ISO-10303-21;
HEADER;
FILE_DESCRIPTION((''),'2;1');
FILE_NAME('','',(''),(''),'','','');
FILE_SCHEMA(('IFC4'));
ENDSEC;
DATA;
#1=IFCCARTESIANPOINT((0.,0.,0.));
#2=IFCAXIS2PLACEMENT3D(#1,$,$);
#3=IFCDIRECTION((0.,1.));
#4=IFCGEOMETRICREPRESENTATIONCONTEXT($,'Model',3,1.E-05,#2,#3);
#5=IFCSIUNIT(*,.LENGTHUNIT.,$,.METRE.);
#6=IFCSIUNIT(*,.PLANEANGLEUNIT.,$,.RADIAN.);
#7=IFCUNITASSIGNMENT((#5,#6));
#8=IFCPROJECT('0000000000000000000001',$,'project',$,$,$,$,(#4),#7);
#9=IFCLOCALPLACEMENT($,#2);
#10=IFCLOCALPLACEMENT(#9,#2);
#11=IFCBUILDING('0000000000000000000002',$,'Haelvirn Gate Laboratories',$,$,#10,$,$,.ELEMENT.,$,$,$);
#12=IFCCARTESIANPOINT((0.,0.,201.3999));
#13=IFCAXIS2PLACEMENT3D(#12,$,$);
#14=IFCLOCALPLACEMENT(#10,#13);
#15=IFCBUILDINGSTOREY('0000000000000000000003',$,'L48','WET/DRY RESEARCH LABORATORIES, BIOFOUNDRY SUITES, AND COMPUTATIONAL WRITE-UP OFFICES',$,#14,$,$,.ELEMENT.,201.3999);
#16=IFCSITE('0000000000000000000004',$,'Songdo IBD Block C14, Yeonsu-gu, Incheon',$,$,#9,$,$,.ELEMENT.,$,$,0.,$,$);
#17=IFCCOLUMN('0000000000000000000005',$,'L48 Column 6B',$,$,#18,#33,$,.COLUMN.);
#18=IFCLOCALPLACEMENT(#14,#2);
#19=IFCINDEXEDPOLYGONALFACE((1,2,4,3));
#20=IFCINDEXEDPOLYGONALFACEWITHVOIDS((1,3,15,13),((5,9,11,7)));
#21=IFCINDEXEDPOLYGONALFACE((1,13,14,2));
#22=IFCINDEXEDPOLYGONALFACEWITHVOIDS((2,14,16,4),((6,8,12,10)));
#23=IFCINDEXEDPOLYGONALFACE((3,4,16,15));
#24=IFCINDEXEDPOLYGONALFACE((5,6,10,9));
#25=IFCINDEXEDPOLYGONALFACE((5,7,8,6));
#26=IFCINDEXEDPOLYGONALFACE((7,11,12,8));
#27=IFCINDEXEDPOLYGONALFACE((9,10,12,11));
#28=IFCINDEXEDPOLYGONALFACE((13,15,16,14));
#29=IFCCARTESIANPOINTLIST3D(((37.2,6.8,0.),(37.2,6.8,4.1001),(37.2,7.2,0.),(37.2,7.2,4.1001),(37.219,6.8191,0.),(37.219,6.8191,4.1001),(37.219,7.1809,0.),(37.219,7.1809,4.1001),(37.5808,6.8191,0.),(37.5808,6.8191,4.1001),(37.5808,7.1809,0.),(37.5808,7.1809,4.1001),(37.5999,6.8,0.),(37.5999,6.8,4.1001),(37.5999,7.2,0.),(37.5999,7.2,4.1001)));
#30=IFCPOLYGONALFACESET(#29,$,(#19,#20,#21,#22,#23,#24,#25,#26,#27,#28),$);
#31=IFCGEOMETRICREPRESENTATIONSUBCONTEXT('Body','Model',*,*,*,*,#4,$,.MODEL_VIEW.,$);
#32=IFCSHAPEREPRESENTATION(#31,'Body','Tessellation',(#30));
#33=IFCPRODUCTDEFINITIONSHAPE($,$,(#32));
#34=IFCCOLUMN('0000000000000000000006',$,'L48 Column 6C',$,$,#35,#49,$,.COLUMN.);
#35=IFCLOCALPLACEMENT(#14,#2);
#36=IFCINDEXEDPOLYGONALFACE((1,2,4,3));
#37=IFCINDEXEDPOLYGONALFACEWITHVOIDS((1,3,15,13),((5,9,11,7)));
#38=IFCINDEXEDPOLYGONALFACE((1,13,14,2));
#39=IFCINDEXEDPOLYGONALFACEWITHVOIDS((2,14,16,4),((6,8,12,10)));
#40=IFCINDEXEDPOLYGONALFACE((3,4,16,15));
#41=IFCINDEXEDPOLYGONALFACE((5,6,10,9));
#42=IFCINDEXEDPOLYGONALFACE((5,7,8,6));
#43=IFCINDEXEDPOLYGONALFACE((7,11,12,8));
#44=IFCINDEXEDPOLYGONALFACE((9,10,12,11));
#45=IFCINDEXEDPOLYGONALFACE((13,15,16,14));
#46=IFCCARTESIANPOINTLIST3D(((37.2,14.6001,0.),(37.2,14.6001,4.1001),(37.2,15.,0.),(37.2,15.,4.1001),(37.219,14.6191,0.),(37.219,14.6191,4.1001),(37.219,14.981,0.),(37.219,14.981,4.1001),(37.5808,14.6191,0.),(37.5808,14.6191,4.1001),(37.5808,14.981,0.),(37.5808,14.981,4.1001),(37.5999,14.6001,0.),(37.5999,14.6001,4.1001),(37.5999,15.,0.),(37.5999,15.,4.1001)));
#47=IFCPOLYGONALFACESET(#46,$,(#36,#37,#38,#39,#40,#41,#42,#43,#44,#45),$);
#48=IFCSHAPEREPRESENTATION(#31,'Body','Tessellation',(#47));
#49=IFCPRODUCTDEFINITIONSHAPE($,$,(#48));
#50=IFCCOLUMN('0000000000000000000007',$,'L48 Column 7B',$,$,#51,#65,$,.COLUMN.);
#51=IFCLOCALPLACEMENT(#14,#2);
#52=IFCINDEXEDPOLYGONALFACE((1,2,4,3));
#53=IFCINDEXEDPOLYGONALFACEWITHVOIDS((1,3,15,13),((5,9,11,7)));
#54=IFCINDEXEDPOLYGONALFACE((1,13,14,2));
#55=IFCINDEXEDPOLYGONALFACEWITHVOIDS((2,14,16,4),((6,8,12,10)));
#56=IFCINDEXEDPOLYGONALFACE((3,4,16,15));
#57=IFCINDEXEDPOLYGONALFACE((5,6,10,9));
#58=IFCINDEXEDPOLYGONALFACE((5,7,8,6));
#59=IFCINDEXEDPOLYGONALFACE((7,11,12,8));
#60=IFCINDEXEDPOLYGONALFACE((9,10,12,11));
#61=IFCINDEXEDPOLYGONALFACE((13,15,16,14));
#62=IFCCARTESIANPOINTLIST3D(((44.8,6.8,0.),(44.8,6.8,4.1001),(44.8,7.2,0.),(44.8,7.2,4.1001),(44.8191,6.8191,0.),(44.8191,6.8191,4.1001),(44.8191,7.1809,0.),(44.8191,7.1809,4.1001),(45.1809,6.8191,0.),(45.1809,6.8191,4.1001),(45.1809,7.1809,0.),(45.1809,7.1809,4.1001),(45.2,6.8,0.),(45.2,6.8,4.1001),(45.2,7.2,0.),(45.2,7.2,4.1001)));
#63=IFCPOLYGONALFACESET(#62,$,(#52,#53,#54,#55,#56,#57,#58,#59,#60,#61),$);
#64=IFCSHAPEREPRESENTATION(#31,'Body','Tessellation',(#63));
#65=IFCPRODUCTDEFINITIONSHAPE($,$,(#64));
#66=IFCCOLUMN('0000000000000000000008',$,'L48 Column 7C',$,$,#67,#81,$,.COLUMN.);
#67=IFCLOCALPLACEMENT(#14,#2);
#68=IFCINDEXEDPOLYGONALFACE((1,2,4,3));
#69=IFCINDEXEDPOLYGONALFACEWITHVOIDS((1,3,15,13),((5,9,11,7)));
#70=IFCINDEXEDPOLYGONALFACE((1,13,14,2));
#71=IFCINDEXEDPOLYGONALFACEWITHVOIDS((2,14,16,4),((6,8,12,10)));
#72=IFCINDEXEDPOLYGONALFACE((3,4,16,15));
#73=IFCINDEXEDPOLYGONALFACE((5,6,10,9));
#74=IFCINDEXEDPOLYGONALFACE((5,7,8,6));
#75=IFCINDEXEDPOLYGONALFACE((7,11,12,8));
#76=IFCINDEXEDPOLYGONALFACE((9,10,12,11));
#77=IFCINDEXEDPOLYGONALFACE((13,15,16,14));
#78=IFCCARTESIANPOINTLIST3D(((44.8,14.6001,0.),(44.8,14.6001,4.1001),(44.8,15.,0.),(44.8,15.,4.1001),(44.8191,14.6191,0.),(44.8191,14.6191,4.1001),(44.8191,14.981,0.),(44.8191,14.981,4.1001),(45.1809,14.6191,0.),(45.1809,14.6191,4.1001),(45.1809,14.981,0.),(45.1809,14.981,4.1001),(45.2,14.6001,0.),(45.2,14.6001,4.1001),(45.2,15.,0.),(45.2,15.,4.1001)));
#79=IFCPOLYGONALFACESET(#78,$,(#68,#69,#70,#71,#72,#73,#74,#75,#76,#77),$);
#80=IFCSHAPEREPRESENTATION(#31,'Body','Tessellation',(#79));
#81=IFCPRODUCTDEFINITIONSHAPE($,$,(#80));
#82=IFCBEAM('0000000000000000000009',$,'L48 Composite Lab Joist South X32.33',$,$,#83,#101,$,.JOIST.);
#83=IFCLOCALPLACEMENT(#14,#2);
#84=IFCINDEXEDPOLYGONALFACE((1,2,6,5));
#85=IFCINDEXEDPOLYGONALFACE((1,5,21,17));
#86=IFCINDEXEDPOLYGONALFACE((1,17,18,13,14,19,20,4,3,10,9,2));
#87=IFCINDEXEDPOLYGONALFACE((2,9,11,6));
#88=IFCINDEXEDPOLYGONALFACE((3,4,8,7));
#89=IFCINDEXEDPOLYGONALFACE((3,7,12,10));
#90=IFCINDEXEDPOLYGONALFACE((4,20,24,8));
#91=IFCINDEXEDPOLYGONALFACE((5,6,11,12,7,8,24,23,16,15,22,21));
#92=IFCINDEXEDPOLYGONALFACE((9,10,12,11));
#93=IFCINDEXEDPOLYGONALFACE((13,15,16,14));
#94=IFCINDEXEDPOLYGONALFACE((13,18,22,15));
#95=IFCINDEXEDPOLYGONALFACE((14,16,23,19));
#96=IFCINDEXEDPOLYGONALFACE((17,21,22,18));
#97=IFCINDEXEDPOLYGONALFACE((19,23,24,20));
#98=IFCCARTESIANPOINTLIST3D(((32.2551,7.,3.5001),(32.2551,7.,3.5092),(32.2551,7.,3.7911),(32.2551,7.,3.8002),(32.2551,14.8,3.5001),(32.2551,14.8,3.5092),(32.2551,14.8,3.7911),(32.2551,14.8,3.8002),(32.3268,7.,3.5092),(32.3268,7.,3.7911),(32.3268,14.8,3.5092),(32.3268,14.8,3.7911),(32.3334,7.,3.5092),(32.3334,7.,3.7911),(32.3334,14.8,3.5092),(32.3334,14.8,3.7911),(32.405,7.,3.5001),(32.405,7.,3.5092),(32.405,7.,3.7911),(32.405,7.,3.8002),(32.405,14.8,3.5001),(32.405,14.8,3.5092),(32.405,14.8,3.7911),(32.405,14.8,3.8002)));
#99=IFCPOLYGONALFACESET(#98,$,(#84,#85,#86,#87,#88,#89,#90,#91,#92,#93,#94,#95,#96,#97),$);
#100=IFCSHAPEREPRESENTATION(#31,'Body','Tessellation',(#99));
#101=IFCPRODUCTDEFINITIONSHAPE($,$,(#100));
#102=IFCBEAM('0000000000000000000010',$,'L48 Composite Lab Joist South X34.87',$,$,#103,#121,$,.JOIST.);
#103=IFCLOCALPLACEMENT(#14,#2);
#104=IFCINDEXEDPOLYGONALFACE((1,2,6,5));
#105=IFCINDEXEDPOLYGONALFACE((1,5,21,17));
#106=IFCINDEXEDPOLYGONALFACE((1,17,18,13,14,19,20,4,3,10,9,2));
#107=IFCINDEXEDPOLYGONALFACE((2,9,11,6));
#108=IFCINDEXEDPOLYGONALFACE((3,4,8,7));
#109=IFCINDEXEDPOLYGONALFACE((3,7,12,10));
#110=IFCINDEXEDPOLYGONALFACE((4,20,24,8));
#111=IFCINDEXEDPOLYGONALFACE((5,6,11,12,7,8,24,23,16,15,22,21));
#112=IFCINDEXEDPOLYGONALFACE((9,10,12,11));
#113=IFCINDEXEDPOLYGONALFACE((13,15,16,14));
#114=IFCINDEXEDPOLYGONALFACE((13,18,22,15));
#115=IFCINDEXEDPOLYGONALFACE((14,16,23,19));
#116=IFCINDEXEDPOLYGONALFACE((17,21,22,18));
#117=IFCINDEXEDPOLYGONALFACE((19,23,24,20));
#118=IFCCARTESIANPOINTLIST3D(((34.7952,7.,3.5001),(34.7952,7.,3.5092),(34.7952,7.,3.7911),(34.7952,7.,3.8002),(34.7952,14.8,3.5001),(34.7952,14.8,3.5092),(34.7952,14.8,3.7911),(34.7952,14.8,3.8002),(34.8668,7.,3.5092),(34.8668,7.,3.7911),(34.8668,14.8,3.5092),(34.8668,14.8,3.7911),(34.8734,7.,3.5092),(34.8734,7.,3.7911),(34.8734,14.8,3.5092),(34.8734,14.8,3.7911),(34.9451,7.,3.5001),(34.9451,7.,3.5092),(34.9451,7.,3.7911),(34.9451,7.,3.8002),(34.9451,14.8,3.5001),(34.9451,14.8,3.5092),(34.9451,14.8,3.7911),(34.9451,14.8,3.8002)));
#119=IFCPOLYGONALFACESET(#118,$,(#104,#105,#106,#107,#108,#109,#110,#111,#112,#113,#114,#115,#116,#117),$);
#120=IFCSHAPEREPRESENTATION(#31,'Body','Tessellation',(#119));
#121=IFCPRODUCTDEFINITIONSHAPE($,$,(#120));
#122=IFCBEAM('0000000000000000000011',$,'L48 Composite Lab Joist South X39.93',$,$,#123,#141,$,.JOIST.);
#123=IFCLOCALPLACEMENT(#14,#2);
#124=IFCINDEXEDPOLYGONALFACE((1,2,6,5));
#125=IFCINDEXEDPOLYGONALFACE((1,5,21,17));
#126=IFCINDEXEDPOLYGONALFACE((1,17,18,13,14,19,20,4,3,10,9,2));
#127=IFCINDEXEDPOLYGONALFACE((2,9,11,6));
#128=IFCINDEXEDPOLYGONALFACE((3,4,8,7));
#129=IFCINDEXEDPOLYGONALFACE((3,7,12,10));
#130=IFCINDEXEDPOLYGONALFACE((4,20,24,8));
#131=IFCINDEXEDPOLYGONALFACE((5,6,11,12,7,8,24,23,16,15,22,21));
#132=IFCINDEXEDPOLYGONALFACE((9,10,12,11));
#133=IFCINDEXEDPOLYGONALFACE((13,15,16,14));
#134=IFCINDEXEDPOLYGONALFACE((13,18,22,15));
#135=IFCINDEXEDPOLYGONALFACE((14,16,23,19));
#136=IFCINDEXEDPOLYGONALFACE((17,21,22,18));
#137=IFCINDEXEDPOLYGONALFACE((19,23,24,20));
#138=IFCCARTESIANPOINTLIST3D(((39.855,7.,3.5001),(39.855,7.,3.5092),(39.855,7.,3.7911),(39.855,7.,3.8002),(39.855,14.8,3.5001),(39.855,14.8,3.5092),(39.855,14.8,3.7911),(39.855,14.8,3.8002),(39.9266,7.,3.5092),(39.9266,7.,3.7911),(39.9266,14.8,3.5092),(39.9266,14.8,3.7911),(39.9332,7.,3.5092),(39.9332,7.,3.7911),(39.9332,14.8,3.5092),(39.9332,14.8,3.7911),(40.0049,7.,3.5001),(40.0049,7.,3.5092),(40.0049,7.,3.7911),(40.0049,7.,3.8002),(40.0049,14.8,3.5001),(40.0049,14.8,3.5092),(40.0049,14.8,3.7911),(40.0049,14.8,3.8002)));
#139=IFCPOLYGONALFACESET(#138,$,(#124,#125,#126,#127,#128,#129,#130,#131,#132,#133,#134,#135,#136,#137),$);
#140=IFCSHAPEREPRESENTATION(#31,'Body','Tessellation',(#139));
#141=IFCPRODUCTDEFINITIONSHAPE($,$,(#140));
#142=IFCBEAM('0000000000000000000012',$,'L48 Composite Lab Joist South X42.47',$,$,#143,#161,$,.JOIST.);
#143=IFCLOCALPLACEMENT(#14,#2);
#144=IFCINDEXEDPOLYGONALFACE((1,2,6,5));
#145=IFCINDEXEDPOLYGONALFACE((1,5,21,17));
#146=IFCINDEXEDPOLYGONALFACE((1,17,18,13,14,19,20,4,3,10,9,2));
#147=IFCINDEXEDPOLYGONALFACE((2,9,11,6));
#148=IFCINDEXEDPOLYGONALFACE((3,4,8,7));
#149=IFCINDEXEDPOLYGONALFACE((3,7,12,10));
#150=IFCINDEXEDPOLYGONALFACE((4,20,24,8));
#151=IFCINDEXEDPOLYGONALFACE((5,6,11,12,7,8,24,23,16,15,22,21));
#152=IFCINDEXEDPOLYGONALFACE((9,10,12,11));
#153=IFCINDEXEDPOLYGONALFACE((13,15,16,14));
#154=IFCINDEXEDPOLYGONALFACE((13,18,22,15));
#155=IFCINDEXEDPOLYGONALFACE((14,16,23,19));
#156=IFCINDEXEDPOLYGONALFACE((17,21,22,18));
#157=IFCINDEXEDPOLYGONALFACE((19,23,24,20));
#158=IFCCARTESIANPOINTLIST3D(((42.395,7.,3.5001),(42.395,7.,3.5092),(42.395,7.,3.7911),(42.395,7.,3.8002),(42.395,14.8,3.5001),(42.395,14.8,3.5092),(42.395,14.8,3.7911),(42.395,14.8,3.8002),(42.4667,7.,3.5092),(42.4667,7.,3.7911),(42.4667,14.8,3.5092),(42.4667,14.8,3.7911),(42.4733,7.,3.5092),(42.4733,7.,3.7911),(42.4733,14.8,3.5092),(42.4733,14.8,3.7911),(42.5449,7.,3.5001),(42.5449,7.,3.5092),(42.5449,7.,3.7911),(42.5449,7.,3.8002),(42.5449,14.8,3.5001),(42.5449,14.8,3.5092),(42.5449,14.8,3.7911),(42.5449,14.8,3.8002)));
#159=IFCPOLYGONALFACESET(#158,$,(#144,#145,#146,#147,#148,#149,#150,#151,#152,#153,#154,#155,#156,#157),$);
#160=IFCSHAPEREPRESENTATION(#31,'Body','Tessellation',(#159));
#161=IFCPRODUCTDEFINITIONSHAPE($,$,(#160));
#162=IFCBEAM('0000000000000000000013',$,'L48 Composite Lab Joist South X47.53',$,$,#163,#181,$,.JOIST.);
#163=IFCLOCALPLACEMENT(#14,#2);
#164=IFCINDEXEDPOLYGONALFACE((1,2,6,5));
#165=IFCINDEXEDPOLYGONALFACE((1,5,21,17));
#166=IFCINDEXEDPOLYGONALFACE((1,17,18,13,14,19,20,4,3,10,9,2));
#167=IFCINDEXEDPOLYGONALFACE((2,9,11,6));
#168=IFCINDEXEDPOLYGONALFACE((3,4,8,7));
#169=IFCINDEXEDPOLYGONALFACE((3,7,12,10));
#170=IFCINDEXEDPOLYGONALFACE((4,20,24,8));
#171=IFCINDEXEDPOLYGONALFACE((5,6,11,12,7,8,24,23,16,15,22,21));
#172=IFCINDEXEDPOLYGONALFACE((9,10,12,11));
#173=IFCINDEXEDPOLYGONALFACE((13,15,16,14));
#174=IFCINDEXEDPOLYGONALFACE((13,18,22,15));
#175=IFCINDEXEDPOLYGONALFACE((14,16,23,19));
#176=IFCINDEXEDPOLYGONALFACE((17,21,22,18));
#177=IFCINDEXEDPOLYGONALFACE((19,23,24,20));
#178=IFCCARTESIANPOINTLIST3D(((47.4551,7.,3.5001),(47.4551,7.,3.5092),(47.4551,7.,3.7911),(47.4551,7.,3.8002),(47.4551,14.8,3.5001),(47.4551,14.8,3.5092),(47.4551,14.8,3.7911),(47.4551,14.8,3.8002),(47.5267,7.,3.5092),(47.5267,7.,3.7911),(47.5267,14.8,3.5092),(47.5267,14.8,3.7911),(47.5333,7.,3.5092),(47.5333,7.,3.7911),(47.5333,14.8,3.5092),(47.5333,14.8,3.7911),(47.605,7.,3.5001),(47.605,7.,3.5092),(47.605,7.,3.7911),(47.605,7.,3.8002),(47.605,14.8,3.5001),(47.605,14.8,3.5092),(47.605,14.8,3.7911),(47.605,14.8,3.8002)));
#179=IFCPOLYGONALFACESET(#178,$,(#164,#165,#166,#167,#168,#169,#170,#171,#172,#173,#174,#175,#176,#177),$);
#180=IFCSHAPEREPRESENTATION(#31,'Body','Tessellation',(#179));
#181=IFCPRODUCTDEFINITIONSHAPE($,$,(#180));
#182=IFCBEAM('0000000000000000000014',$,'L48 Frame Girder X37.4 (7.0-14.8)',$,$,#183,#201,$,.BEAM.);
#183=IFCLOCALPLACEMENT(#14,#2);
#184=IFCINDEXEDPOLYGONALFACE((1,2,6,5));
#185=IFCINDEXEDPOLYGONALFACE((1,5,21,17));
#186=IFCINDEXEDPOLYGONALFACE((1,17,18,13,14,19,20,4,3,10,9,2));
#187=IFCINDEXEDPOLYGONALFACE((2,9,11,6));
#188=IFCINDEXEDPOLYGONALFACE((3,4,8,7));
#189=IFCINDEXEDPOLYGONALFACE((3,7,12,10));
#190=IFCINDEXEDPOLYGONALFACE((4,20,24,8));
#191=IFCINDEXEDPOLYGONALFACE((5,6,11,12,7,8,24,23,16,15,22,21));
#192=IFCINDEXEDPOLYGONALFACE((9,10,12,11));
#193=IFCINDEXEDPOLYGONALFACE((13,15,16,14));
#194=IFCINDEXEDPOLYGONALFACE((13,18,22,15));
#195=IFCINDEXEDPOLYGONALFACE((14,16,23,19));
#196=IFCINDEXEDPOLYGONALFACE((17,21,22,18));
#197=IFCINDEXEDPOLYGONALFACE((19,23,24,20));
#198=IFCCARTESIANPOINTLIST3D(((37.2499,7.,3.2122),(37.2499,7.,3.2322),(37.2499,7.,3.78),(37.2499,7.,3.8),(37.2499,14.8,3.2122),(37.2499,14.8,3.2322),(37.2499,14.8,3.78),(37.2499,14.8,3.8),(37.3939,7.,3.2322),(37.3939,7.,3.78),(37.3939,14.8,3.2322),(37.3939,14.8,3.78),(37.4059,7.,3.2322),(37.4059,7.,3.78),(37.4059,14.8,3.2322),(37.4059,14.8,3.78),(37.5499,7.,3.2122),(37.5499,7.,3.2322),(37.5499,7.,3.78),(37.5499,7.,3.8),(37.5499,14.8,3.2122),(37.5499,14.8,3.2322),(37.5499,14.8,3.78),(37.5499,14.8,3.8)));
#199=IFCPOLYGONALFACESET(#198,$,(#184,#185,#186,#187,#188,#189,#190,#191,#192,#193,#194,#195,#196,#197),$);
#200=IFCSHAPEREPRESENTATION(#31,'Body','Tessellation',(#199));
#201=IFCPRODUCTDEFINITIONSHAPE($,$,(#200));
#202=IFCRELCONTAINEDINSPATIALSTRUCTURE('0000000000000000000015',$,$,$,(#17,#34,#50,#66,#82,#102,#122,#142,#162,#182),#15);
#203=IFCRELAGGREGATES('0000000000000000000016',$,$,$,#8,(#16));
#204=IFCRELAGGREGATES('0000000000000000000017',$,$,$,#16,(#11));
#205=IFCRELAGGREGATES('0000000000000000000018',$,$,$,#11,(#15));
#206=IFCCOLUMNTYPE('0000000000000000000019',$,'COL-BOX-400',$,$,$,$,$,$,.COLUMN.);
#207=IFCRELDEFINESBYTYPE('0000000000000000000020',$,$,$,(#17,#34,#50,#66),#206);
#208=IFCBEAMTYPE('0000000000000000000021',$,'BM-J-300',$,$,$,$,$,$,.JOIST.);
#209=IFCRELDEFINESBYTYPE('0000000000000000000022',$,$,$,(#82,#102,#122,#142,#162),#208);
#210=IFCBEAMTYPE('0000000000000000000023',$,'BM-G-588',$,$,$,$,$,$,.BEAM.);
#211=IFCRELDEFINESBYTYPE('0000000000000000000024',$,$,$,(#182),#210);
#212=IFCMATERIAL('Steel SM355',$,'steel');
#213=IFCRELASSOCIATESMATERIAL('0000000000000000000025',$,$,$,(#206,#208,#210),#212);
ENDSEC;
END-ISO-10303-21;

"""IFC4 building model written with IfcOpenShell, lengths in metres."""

from ifc_helpers import new_model, si_unit, direction, frame, origin, origin_2d, place, context, subcontext, project, spatial, hollow_rectangle, i_section, extrude, source, transform, mapped, material, material_profile, profile_set, type_object, type_shapes, element, save


model = new_model("IFC4")

# Units and contexts
model_context = context("Model", 3, precision=1e-05, world=origin(), true_north=direction((0.0, 1.0)))
body_context = subcontext(model_context, "Body", "Model", "MODEL_VIEW")
ifc_project = project(units=[si_unit("LENGTHUNIT", "METRE"), si_unit("PLANEANGLEUNIT", "RADIAN")], contexts=[model_context])

# Site, building, storey
site_placement = place(None, origin())
site = spatial("IfcSite", under=ifc_project, at=site_placement, Name="Songdo IBD Block C14, Yeonsu-gu, Incheon", CompositionType="ELEMENT", RefElevation=0.0)
building_placement = place(site_placement, origin())
building = spatial("IfcBuilding", under=site, at=building_placement, Name="Haelvirn Gate Laboratories", CompositionType="ELEMENT")
storey_placement = place(building_placement, frame((0.0, 0.0, 201.3999)))
storey = spatial("IfcBuildingStorey", under=building, at=storey_placement, Name="L48", Description="WET/DRY RESEARCH LABORATORIES, BIOFOUNDRY SUITES, AND COMPUTATIONAL WRITE-UP OFFICES", CompositionType="ELEMENT", Elevation=201.3999)

# Columns
ifc_material_1 = material(Name="Steel SM355", Category="steel")
ifc_material_profile_1 = material_profile(ifc_material_1, hollow_rectangle(XDim=0.3999, YDim=0.3999, WallThickness=0.019, at=origin_2d()), Name="BOX-400x400x19")
ifc_profile_set_1 = profile_set([ifc_material_profile_1], Name="Steel SM355")
column_type = type_object("IfcColumnType", Name="COL-BOX-400", PredefinedType="COLUMN", material=ifc_profile_set_1)
shared_shape_1 = source(origin(), body_context, "Body", "SweptSolid", [
    extrude(hollow_rectangle(XDim=0.3999, YDim=0.3999, WallThickness=0.019, at=origin_2d()), origin(), (0.0, 0.0, 1.0), 4.1001),
])
type_shapes(column_type, [shared_shape_1])
for number, where, z_axis, x_axis, name in (
    (1, (37.3999, 7.0, 0.0), (0.0, 0.0, 1.0), (1.0, 0.0, 0.0), "L48 Column 6B"),
    (2, (37.3999, 14.8, 0.0), (0.0, 0.0, 1.0), (1.0, 0.0, 0.0), "L48 Column 6C"),
    (3, (45.0, 7.0, 0.0), (0.0, 0.0, 1.0), (1.0, 0.0, 0.0), "L48 Column 7B"),
    (4, (45.0, 14.8, 0.0), (0.0, 0.0, 1.0), (1.0, 0.0, 0.0), "L48 Column 7C"),
):
    element("IfcColumn", number, at=place(storey_placement, frame(where, z_axis=z_axis, x_axis=x_axis)), inside=storey, type_object=column_type, Name=name, PredefinedType="COLUMN", context=body_context, shape_type="MappedRepresentation", body=[
        mapped(shared_shape_1, transform((0.0, 0.0, 0.0), scale=1.0)),
    ])

# Beams
ifc_material_profile_2 = material_profile(ifc_material_1, i_section(OverallWidth=0.1499, OverallDepth=0.3, WebThickness=0.0066, FlangeThickness=0.009, at=origin_2d()), Name="H-300x150x6.5x9")
ifc_profile_set_2 = profile_set([ifc_material_profile_2], Name="Steel SM355")
beam_type_1 = type_object("IfcBeamType", Name="BM-J-300", PredefinedType="JOIST", material=ifc_profile_set_2)
shared_shape_2 = source(origin(), body_context, "Body", "SweptSolid", [
    extrude(i_section(OverallWidth=0.1499, OverallDepth=0.3, WebThickness=0.0066, FlangeThickness=0.009, at=origin_2d()), origin(), (0.0, 0.0, 1.0), 7.8),
])
type_shapes(beam_type_1, [shared_shape_2])
for number, where, z_axis, x_axis, name in (
    (5, (32.3301, 7.0, 3.6501), (0.0, 1.0, 0.0), (-1.0, 0.0, 0.0), "L48 Composite Lab Joist South X32.33"),
    (6, (34.8701, 7.0, 3.6501), (0.0, 1.0, 0.0), (-1.0, 0.0, 0.0), "L48 Composite Lab Joist South X34.87"),
    (7, (39.9299, 7.0, 3.6501), (0.0, 1.0, 0.0), (-1.0, 0.0, 0.0), "L48 Composite Lab Joist South X39.93"),
    (8, (42.47, 7.0, 3.6501), (0.0, 1.0, 0.0), (-1.0, 0.0, 0.0), "L48 Composite Lab Joist South X42.47"),
    (9, (47.53, 7.0, 3.6501), (0.0, 1.0, 0.0), (-1.0, 0.0, 0.0), "L48 Composite Lab Joist South X47.53"),
):
    element("IfcBeam", number, at=place(storey_placement, frame(where, z_axis=z_axis, x_axis=x_axis)), inside=storey, type_object=beam_type_1, Name=name, PredefinedType="JOIST", context=body_context, shape_type="MappedRepresentation", body=[
        mapped(shared_shape_2, transform((0.0, 0.0, 0.0), scale=1.0)),
    ])
ifc_material_profile_3 = material_profile(ifc_material_1, i_section(OverallWidth=0.3, OverallDepth=0.5879, WebThickness=0.012, FlangeThickness=0.02, at=origin_2d()), Name="H-588x300x12x20")
ifc_profile_set_3 = profile_set([ifc_material_profile_3], Name="Steel SM355")
beam_type_2 = type_object("IfcBeamType", Name="BM-G-588", PredefinedType="BEAM", material=ifc_profile_set_3)
shared_shape_3 = source(origin(), body_context, "Body", "SweptSolid", [
    extrude(i_section(OverallWidth=0.3, OverallDepth=0.5879, WebThickness=0.012, FlangeThickness=0.02, at=origin_2d()), origin(), (0.0, 0.0, 1.0), 7.8),
])
type_shapes(beam_type_2, [shared_shape_3])
for number, where, z_axis, x_axis, name in (
    (10, (37.3999, 7.0, 3.5061), (0.0, 1.0, 0.0), (-1.0, 0.0, 0.0), "L48 Frame Girder X37.4 (7.0-14.8)"),
):
    element("IfcBeam", number, at=place(storey_placement, frame(where, z_axis=z_axis, x_axis=x_axis)), inside=storey, type_object=beam_type_2, Name=name, PredefinedType="BEAM", context=body_context, shape_type="MappedRepresentation", body=[
        mapped(shared_shape_3, transform((0.0, 0.0, 0.0), scale=1.0)),
    ])

save(model, "model.ifc")
